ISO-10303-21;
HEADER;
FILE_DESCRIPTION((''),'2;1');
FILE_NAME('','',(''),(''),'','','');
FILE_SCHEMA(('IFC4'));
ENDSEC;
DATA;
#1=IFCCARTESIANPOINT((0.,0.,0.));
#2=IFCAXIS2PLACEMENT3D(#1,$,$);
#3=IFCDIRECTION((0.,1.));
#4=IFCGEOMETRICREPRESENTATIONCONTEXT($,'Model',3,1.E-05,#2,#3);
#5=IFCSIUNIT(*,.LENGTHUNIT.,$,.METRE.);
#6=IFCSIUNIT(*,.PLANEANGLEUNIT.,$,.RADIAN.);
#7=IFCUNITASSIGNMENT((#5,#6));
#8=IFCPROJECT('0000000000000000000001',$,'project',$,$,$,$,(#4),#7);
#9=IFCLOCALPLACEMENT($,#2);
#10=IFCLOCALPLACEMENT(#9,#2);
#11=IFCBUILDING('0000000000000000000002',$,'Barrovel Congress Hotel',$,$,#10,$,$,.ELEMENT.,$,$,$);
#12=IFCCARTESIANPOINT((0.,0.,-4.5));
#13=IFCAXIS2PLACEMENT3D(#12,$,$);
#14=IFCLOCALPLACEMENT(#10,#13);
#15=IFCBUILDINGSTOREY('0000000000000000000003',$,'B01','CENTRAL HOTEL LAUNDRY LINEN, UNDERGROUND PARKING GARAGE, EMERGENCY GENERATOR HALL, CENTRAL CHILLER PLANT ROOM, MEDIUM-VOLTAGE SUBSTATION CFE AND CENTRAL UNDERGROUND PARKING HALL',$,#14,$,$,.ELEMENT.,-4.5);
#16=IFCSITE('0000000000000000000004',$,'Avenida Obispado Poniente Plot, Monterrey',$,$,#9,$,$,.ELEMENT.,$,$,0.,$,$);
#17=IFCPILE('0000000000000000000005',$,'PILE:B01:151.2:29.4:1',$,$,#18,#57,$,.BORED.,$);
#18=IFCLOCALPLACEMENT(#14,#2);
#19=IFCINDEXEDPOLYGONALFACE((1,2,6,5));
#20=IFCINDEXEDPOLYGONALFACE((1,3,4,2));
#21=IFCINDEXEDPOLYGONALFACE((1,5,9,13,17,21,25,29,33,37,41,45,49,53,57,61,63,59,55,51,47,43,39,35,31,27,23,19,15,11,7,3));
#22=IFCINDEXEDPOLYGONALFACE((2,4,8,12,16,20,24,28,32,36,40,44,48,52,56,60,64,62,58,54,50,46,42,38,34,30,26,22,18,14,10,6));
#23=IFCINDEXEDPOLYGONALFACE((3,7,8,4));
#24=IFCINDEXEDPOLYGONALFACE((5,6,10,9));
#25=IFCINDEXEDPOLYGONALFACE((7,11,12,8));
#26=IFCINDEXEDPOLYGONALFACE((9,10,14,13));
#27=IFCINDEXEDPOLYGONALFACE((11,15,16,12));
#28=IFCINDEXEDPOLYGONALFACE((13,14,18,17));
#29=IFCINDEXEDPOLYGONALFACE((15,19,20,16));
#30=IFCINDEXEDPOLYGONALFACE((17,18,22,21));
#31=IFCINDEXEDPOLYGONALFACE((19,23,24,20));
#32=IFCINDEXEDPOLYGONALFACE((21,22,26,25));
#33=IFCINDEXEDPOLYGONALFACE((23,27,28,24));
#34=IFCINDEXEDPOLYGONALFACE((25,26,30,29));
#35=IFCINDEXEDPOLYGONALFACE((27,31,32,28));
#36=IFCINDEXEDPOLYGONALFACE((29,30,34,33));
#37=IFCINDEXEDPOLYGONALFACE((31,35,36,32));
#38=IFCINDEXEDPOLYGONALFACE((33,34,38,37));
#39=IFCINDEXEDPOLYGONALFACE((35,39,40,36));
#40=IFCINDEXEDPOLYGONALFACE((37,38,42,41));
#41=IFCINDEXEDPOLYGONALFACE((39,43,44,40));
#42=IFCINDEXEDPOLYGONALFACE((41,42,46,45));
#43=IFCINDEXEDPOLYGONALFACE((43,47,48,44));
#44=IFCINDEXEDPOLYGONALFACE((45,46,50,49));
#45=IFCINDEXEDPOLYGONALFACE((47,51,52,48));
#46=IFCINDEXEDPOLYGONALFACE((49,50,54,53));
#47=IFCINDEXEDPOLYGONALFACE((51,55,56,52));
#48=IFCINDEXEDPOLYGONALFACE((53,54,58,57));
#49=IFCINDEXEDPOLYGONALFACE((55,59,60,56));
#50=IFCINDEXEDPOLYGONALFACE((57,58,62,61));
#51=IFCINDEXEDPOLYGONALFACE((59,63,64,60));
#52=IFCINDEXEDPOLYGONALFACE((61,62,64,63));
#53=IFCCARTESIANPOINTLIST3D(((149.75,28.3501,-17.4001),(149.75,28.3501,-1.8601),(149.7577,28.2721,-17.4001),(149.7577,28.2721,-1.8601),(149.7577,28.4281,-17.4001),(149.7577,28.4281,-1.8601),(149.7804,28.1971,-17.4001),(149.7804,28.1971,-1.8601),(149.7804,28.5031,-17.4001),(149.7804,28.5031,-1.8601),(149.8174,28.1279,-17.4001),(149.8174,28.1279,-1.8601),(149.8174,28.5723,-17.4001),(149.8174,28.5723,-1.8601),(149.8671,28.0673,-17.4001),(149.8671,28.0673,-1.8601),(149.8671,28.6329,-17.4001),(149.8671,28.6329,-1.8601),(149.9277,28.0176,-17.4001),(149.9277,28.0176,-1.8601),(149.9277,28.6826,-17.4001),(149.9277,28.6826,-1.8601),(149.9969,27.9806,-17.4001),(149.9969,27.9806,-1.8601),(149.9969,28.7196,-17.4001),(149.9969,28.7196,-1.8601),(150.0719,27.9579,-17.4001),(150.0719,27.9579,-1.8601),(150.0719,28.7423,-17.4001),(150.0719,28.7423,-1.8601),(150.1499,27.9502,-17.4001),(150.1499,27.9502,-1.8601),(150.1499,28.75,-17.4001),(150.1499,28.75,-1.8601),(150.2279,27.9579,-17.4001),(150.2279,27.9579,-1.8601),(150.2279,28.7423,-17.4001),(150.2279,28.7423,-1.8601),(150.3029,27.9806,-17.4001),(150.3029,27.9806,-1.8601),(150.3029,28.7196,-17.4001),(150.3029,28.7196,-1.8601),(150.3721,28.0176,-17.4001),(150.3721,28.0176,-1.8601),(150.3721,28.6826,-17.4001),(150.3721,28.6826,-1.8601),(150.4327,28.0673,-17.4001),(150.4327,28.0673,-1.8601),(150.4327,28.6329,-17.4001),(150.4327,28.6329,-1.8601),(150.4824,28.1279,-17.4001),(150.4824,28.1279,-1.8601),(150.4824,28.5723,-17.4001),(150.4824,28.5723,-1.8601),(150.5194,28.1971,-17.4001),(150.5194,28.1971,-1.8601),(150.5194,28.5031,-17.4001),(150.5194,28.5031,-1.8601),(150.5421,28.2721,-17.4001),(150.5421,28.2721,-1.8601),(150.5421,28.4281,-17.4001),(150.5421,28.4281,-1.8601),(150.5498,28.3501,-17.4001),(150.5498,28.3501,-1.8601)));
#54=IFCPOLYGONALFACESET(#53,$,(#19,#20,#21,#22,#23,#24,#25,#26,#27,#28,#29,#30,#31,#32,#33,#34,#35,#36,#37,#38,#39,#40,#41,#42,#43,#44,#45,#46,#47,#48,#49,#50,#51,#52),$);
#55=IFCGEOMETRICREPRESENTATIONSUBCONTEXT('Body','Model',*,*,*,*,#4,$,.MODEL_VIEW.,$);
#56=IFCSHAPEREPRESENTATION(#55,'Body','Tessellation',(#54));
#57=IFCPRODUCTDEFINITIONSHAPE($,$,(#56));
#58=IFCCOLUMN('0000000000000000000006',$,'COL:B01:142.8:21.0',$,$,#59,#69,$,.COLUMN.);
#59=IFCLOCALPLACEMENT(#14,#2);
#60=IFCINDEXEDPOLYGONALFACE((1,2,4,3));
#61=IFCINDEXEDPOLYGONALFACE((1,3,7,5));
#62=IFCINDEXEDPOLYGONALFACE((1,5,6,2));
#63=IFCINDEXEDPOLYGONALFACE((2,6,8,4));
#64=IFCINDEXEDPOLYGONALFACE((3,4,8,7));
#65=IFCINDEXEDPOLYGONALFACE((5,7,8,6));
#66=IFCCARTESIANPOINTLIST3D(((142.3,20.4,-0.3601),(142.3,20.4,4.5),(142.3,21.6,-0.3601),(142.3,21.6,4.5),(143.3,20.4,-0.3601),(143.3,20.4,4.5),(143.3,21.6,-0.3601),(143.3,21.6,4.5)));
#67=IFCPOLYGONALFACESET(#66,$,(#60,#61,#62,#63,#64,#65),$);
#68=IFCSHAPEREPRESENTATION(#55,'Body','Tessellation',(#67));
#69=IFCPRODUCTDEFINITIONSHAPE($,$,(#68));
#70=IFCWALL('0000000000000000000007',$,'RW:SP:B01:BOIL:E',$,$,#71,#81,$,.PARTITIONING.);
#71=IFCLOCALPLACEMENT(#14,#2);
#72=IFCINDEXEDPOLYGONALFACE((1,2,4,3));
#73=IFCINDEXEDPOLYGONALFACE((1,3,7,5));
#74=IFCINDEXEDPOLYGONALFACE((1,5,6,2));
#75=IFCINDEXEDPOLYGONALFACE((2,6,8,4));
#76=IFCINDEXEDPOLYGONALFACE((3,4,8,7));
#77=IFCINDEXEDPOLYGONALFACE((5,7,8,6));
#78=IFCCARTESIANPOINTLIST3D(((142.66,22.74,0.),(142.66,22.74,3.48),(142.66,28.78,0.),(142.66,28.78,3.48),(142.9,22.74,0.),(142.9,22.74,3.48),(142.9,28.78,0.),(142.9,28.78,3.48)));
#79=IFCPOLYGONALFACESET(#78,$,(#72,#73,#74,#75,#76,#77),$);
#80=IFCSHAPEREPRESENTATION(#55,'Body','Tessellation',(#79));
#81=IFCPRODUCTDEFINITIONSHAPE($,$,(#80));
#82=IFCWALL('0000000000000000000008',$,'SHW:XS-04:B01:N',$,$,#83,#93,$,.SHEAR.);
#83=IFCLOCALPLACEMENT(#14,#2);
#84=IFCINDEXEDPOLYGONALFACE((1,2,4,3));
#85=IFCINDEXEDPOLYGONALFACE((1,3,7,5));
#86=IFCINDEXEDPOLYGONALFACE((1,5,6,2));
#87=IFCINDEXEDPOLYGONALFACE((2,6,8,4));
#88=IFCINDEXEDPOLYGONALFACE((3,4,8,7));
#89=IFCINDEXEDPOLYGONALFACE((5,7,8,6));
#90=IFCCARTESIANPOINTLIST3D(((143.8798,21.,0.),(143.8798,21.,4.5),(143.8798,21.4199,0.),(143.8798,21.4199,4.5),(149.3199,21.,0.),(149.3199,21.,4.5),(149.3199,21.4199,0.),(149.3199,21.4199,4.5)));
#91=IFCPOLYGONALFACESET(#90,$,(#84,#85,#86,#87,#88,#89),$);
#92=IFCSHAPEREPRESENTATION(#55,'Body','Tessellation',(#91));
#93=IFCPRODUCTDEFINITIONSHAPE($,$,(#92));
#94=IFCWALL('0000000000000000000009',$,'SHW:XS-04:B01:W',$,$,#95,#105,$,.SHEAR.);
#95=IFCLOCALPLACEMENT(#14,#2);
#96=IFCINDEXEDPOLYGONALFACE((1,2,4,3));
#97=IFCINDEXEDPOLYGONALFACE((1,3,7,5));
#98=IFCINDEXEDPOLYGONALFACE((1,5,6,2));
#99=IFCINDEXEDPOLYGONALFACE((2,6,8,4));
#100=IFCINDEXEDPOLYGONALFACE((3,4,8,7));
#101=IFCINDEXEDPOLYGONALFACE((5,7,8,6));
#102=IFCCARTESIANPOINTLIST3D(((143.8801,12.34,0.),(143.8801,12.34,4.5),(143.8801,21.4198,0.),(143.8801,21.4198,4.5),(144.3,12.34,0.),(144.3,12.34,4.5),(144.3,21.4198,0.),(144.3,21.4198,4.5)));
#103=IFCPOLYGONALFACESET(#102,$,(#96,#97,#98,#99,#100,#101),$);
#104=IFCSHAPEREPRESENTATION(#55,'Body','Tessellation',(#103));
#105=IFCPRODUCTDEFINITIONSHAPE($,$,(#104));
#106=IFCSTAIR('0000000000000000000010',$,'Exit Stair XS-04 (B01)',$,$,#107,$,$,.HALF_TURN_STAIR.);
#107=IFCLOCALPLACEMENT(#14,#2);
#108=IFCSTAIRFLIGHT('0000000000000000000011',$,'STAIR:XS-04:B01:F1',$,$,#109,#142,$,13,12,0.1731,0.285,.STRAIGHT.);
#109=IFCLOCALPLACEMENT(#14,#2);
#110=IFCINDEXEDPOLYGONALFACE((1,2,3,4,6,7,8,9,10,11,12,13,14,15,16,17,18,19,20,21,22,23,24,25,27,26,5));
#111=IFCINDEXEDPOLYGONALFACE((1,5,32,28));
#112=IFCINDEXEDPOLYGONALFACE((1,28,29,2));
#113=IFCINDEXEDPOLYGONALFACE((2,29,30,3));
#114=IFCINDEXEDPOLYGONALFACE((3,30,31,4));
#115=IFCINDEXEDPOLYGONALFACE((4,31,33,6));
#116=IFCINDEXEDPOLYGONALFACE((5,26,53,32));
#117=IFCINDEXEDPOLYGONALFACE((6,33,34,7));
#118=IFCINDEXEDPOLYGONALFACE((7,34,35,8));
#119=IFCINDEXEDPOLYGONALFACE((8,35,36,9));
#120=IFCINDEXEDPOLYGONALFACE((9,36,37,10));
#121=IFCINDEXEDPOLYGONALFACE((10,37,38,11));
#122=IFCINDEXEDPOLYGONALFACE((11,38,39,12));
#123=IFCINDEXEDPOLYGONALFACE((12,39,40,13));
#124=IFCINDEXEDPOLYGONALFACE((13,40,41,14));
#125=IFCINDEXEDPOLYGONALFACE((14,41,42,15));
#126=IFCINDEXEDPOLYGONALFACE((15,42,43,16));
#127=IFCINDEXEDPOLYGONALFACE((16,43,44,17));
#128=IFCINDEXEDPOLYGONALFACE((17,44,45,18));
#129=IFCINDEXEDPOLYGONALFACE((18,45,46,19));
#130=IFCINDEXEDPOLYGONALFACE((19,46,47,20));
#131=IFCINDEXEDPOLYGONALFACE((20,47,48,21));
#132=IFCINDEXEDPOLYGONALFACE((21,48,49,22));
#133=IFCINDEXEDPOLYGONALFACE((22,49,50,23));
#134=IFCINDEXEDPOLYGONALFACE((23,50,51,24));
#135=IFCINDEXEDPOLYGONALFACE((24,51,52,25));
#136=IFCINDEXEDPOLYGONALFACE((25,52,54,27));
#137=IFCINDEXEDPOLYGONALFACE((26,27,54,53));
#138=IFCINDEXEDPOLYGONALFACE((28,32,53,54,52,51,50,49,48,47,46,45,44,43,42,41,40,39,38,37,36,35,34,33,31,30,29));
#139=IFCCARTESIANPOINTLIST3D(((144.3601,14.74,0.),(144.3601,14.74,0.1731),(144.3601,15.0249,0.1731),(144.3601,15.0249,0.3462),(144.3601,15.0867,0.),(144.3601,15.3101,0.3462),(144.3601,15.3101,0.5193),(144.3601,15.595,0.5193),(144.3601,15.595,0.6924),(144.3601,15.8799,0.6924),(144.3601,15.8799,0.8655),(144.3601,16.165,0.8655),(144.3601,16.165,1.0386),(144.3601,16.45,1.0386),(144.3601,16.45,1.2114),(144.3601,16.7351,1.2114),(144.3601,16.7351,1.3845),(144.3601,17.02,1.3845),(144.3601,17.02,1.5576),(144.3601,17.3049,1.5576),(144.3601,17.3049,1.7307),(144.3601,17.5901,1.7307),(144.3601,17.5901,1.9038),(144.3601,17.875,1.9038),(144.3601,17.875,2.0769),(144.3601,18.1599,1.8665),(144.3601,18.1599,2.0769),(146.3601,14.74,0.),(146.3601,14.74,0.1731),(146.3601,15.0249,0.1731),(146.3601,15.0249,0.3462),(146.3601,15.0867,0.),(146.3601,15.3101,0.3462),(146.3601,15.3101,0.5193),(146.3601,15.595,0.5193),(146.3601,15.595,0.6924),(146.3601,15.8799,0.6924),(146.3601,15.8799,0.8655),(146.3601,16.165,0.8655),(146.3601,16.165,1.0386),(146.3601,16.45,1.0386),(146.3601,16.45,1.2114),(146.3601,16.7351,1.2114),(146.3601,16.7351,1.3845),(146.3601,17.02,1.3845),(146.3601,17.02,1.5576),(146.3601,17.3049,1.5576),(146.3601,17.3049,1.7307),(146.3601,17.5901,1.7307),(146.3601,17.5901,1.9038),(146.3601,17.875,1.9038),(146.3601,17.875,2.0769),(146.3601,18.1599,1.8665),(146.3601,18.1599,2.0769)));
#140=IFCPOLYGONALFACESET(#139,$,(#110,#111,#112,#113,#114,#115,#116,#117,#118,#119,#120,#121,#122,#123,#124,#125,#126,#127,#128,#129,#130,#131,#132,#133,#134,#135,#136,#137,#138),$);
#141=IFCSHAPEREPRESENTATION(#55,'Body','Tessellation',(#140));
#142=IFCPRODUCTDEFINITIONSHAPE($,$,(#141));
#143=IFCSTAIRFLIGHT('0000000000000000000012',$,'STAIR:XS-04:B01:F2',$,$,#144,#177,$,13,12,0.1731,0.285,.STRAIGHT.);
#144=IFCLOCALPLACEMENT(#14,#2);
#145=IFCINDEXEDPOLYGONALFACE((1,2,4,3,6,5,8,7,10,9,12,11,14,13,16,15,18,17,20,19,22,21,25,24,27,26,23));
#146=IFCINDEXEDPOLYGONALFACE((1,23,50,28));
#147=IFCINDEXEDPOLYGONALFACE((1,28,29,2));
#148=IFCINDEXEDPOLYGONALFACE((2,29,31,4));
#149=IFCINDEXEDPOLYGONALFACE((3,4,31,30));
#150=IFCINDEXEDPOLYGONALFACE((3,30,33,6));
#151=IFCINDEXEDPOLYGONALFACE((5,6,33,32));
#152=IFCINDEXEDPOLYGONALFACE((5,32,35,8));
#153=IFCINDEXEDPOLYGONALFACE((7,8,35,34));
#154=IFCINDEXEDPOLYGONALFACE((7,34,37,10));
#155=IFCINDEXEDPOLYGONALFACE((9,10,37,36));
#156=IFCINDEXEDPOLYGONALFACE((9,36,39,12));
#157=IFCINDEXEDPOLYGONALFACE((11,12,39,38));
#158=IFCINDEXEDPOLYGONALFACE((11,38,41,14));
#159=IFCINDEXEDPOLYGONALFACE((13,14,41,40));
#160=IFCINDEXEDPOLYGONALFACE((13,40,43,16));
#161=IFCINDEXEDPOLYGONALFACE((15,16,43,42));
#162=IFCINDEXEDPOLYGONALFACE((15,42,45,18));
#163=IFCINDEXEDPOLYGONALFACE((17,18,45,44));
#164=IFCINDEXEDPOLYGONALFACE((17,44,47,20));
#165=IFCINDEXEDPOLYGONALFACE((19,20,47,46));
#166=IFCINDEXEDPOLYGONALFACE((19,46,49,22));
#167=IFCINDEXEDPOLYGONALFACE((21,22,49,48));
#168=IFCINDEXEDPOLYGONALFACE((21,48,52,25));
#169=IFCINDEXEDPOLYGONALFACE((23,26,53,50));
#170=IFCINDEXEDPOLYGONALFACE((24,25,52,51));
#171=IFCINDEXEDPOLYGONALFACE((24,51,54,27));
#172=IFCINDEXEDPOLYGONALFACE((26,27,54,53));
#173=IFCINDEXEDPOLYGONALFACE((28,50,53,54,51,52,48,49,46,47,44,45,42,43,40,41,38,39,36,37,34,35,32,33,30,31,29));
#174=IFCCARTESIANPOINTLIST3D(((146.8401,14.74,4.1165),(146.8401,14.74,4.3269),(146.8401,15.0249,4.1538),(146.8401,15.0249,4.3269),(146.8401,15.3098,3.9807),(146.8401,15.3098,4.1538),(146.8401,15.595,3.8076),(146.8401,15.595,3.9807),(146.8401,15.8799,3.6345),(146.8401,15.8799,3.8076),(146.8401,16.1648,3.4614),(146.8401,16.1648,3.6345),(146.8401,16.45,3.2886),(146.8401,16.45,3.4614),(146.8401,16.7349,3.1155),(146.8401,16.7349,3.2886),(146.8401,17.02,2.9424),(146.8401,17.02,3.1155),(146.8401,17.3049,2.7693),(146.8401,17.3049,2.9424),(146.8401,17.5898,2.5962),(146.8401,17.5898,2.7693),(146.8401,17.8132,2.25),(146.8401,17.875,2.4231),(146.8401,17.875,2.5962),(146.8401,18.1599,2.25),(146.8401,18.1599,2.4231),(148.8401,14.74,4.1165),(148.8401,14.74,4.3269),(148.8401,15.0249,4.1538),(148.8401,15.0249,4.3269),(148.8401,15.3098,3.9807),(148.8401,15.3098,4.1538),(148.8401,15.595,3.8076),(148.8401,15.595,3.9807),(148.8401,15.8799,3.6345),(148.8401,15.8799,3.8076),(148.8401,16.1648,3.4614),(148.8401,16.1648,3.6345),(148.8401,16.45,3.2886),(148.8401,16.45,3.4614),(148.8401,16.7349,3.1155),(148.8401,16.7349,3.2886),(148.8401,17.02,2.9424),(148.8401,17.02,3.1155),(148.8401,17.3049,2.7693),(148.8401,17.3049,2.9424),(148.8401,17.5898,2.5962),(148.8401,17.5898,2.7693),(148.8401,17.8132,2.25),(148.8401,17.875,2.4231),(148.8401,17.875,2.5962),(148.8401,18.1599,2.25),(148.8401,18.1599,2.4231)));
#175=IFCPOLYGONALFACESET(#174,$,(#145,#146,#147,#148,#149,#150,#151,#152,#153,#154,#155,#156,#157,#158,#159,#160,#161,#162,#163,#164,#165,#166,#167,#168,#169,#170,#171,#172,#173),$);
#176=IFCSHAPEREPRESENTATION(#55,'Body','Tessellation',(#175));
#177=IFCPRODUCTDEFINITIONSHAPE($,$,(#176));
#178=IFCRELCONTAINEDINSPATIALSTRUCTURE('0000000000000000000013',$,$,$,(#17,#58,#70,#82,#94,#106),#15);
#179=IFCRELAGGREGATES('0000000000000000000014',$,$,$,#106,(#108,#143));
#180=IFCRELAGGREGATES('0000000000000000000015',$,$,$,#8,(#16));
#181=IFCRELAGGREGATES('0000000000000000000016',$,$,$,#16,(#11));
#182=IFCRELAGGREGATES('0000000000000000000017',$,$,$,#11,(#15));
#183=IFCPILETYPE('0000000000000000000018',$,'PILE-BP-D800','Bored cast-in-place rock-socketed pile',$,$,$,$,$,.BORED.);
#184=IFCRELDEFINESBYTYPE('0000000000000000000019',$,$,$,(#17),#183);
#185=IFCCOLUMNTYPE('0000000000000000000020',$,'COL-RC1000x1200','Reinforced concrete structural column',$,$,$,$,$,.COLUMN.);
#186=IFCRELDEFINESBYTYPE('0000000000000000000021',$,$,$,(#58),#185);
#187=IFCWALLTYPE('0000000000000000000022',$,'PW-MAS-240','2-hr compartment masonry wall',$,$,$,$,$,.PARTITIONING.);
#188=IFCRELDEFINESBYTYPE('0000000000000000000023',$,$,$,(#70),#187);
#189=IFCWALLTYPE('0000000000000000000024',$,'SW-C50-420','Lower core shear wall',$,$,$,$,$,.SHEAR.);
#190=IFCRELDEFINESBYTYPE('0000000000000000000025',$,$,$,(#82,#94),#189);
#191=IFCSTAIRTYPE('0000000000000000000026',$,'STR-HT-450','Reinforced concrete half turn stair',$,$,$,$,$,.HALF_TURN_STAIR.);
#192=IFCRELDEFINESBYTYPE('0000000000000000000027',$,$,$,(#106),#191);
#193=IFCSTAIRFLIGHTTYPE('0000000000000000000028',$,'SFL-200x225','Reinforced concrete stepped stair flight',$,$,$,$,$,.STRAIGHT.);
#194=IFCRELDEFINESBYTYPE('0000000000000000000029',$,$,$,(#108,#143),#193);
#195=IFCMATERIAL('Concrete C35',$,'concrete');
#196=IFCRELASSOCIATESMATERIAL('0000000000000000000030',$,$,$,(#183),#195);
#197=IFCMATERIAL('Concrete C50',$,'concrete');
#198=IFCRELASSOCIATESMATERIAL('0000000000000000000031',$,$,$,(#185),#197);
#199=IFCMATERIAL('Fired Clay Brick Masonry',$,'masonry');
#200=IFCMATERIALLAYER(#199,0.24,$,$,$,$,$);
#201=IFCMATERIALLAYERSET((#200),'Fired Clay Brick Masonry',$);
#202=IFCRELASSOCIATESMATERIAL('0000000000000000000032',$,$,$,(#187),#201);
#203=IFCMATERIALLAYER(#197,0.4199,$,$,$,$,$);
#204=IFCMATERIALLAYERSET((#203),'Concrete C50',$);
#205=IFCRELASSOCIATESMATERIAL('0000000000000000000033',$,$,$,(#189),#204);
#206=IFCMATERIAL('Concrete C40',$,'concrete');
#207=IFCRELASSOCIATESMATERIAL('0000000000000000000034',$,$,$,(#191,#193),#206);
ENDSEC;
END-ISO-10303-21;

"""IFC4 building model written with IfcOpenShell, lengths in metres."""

from ifc_helpers import new_model, si_unit, direction, frame, frame_2d, origin, origin_2d, place, context, subcontext, project, spatial, polyline, rectangle, circle, outline, extrude, material, layer, layer_set, material_profile, profile_set, type_object, element, aggregate, save


model = new_model("IFC4")

# Units and contexts
model_context = context("Model", 3, precision=1e-05, world=origin(), true_north=direction((0.0, 1.0)))
body_context = subcontext(model_context, "Body", "Model", "MODEL_VIEW")
ifc_project = project(units=[si_unit("LENGTHUNIT", "METRE"), si_unit("PLANEANGLEUNIT", "RADIAN")], contexts=[model_context])

# Site, building, storey
site_placement = place(None, origin())
site = spatial("IfcSite", under=ifc_project, at=site_placement, Name="Avenida Obispado Poniente Plot, Monterrey", CompositionType="ELEMENT", RefElevation=0.0)
building_placement = place(site_placement, origin())
building = spatial("IfcBuilding", under=site, at=building_placement, Name="Barrovel Congress Hotel", CompositionType="ELEMENT")
storey_placement = place(building_placement, frame((0.0, 0.0, -4.5)))
storey = spatial("IfcBuildingStorey", under=building, at=storey_placement, Name="B01", Description="CENTRAL HOTEL LAUNDRY LINEN, UNDERGROUND PARKING GARAGE, EMERGENCY GENERATOR HALL, CENTRAL CHILLER PLANT ROOM, MEDIUM-VOLTAGE SUBSTATION CFE AND CENTRAL UNDERGROUND PARKING HALL", CompositionType="ELEMENT", Elevation=-4.5)

# Shared definitions
ifc_material_1 = material(Name="Concrete C40", Category="concrete")

# Pile
ifc_material_2 = material(Name="Concrete C35", Category="concrete")
ifc_material_profile_1 = material_profile(ifc_material_2, circle(Radius=0.3999, at=origin_2d()), Name="BP-D800")
ifc_profile_set_1 = profile_set([ifc_material_profile_1], Name="Concrete C35")
pile_type_1 = type_object("IfcPileType", Name="PILE-BP-D800", Description="Bored cast-in-place rock-socketed pile", PredefinedType="BORED", material=ifc_profile_set_1)
for number, where, z_axis, x_axis, name in (
    (1, (150.1499, 28.3501, -1.8601), (0.0, 0.0, -1.0), (1.0, 0.0, 0.0), "PILE:B01:151.2:29.4:1"),
):
    element("IfcPile", number, at=place(storey_placement, frame(where, z_axis=z_axis, x_axis=x_axis)), inside=storey, type_object=pile_type_1, Name=name, PredefinedType="BORED", context=body_context, shape_type="SweptSolid", body=[
        extrude(circle(Radius=0.3999, at=origin_2d()), origin(), (0.0, 0.0, 1.0), 15.54),
    ])

# Column
ifc_material_3 = material(Name="Concrete C50", Category="concrete")
ifc_material_profile_2 = material_profile(ifc_material_3, rectangle(XDim=1.0, YDim=1.2, at=origin_2d()), Name="RC1000x1200")
ifc_profile_set_2 = profile_set([ifc_material_profile_2], Name="Concrete C50")
column_type = type_object("IfcColumnType", Name="COL-RC1000x1200", Description="Reinforced concrete structural column", PredefinedType="COLUMN", material=ifc_profile_set_2)
column_placement = place(storey_placement, frame((142.8, 21.0, -0.3601), z_axis=(0.0, 0.0, 1.0), x_axis=(1.0, 0.0, 0.0)))
element("IfcColumn", 2, at=column_placement, inside=storey, type_object=column_type, Name="COL:B01:142.8:21.0", PredefinedType="COLUMN", context=body_context, shape_type="SweptSolid", body=[
    extrude(rectangle(XDim=1.0, YDim=1.2, at=origin_2d()), origin(), (0.0, 0.0, 1.0), 4.8601),
])

# Walls
ifc_material_4 = material(Name="Fired Clay Brick Masonry", Category="masonry")
ifc_layer_1 = layer(ifc_material_4, 0.24)
ifc_layer_set_1 = layer_set([ifc_layer_1], Name="Fired Clay Brick Masonry")
wall_type_1 = type_object("IfcWallType", Name="PW-MAS-240", Description="2-hr compartment masonry wall", PredefinedType="PARTITIONING", material=ifc_layer_set_1)
wall_1_placement = place(storey_placement, frame((142.78, 22.74, 0.0), z_axis=(0.0, 0.0, 1.0), x_axis=(0.0, 1.0, 0.0)))
element("IfcWall", 3, at=wall_1_placement, inside=storey, type_object=wall_type_1, Name="RW:SP:B01:BOIL:E", PredefinedType="PARTITIONING", context=body_context, shape_type="SweptSolid", body=[
    extrude(rectangle(XDim=6.04, YDim=0.24, at=frame_2d((3.02, 0.0))), origin(), (0.0, 0.0, 1.0), 3.48),
])
ifc_layer_2 = layer(ifc_material_3, 0.4199)
ifc_layer_set_2 = layer_set([ifc_layer_2], Name="Concrete C50")
wall_type_2 = type_object("IfcWallType", Name="SW-C50-420", Description="Lower core shear wall", PredefinedType="SHEAR", material=ifc_layer_set_2)
wall_2_placement = place(storey_placement, frame((149.3201, 21.21, 0.0), z_axis=(0.0, 0.0, 1.0), x_axis=(-1.0, 0.0, 0.0)))
element("IfcWall", 4, at=wall_2_placement, inside=storey, type_object=wall_type_2, Name="SHW:XS-04:B01:N", PredefinedType="SHEAR", context=body_context, shape_type="SweptSolid", body=[
    extrude(rectangle(XDim=5.4402, YDim=0.4199, at=frame_2d((2.7202, 0.0))), origin(), (0.0, 0.0, 1.0), 4.5),
])
wall_3_placement = place(storey_placement, frame((144.0901, 21.4199, 0.0), z_axis=(0.0, 0.0, 1.0), x_axis=(0.0, -1.0, 0.0)))
element("IfcWall", 5, at=wall_3_placement, inside=storey, type_object=wall_type_2, Name="SHW:XS-04:B01:W", PredefinedType="SHEAR", context=body_context, shape_type="SweptSolid", body=[
    extrude(rectangle(XDim=9.0798, YDim=0.4199, at=frame_2d((4.54, 0.0))), origin(), (0.0, 0.0, 1.0), 4.5),
])

# Stair, stair flights
stair_type = type_object("IfcStairType", Name="STR-HT-450", Description="Reinforced concrete half turn stair", PredefinedType="HALF_TURN_STAIR", material=ifc_material_1)
stair_placement = place(storey_placement, origin())
stair = element("IfcStair", 6, at=stair_placement, inside=storey, type_object=stair_type, Name="Exit Stair XS-04 (B01)", PredefinedType="HALF_TURN_STAIR")
stair_flight_type = type_object("IfcStairFlightType", Name="SFL-200x225", Description="Reinforced concrete stepped stair flight", PredefinedType="STRAIGHT", material=ifc_material_1)
stair_flight_1_placement = place(storey_placement, frame((145.3601, 14.74, 0.0), z_axis=(0.0, 0.0, 1.0), x_axis=(0.0, 1.0, 0.0)))
stair_flight_1 = element("IfcStairFlight", 7, at=stair_flight_1_placement, type_object=stair_flight_type, Name="STAIR:XS-04:B01:F1", NumberOfRisers=13, NumberOfTreads=12, PredefinedType="STRAIGHT", RiserHeight=0.1731, TreadLength=0.285, context=body_context, shape_type="SweptSolid", body=[
    extrude(outline(polyline([(0.0, 0.0), (0.0, 0.1731), (0.2849, 0.1731), (0.2849, 0.3462), (0.5701, 0.3462), (0.5701, 0.5193), (0.855, 0.5193), (0.855, 0.6924), (1.1399, 0.6924), (1.1399, 0.8655), (1.425, 0.8655), (1.425, 1.0386), (1.71, 1.0386), (1.71, 1.2114), (1.9951, 1.2114), (1.9951, 1.3845), (2.28, 1.3845), (2.28, 1.5576), (2.5649, 1.5576), (2.5649, 1.7307), (2.8501, 1.7307), (2.8501, 1.9038), (3.135, 1.9038), (3.135, 2.0769), (3.4199, 2.0769), (3.4199, 2.25), (3.4199, 1.8665), (0.3467, 0.0), (0.0, 0.0)])), frame((0.0, 1.0, 0.0), z_axis=(0.0, -1.0, 0.0), x_axis=(1.0, 0.0, 0.0)), (0.0, 0.0, 1.0), 2.0),
])
stair_flight_2_placement = place(storey_placement, frame((147.8401, 18.1599, 2.25), z_axis=(0.0, 0.0, 1.0), x_axis=(0.0, -1.0, 0.0)))
stair_flight_2 = element("IfcStairFlight", 8, at=stair_flight_2_placement, type_object=stair_flight_type, Name="STAIR:XS-04:B01:F2", NumberOfRisers=13, NumberOfTreads=12, PredefinedType="STRAIGHT", RiserHeight=0.1731, TreadLength=0.285, context=body_context, shape_type="SweptSolid", body=[
    extrude(outline(polyline([(0.0, 0.0), (0.0, 0.1731), (0.2849, 0.1731), (0.2849, 0.3462), (0.5701, 0.3462), (0.5701, 0.5193), (0.855, 0.5193), (0.855, 0.6924), (1.1399, 0.6924), (1.1399, 0.8655), (1.425, 0.8655), (1.425, 1.0386), (1.71, 1.0386), (1.71, 1.2114), (1.9951, 1.2114), (1.9951, 1.3845), (2.28, 1.3845), (2.28, 1.5576), (2.5649, 1.5576), (2.5649, 1.7307), (2.8501, 1.7307), (2.8501, 1.9038), (3.135, 1.9038), (3.135, 2.0769), (3.4199, 2.0769), (3.4199, 2.25), (3.4199, 1.8665), (0.3467, 0.0), (0.0, 0.0)])), frame((0.0, 1.0, 0.0), z_axis=(0.0, -1.0, 0.0), x_axis=(1.0, 0.0, 0.0)), (0.0, 0.0, 1.0), 2.0),
])
aggregate(stair, [stair_flight_1, stair_flight_2])

save(model, "model.ifc")
